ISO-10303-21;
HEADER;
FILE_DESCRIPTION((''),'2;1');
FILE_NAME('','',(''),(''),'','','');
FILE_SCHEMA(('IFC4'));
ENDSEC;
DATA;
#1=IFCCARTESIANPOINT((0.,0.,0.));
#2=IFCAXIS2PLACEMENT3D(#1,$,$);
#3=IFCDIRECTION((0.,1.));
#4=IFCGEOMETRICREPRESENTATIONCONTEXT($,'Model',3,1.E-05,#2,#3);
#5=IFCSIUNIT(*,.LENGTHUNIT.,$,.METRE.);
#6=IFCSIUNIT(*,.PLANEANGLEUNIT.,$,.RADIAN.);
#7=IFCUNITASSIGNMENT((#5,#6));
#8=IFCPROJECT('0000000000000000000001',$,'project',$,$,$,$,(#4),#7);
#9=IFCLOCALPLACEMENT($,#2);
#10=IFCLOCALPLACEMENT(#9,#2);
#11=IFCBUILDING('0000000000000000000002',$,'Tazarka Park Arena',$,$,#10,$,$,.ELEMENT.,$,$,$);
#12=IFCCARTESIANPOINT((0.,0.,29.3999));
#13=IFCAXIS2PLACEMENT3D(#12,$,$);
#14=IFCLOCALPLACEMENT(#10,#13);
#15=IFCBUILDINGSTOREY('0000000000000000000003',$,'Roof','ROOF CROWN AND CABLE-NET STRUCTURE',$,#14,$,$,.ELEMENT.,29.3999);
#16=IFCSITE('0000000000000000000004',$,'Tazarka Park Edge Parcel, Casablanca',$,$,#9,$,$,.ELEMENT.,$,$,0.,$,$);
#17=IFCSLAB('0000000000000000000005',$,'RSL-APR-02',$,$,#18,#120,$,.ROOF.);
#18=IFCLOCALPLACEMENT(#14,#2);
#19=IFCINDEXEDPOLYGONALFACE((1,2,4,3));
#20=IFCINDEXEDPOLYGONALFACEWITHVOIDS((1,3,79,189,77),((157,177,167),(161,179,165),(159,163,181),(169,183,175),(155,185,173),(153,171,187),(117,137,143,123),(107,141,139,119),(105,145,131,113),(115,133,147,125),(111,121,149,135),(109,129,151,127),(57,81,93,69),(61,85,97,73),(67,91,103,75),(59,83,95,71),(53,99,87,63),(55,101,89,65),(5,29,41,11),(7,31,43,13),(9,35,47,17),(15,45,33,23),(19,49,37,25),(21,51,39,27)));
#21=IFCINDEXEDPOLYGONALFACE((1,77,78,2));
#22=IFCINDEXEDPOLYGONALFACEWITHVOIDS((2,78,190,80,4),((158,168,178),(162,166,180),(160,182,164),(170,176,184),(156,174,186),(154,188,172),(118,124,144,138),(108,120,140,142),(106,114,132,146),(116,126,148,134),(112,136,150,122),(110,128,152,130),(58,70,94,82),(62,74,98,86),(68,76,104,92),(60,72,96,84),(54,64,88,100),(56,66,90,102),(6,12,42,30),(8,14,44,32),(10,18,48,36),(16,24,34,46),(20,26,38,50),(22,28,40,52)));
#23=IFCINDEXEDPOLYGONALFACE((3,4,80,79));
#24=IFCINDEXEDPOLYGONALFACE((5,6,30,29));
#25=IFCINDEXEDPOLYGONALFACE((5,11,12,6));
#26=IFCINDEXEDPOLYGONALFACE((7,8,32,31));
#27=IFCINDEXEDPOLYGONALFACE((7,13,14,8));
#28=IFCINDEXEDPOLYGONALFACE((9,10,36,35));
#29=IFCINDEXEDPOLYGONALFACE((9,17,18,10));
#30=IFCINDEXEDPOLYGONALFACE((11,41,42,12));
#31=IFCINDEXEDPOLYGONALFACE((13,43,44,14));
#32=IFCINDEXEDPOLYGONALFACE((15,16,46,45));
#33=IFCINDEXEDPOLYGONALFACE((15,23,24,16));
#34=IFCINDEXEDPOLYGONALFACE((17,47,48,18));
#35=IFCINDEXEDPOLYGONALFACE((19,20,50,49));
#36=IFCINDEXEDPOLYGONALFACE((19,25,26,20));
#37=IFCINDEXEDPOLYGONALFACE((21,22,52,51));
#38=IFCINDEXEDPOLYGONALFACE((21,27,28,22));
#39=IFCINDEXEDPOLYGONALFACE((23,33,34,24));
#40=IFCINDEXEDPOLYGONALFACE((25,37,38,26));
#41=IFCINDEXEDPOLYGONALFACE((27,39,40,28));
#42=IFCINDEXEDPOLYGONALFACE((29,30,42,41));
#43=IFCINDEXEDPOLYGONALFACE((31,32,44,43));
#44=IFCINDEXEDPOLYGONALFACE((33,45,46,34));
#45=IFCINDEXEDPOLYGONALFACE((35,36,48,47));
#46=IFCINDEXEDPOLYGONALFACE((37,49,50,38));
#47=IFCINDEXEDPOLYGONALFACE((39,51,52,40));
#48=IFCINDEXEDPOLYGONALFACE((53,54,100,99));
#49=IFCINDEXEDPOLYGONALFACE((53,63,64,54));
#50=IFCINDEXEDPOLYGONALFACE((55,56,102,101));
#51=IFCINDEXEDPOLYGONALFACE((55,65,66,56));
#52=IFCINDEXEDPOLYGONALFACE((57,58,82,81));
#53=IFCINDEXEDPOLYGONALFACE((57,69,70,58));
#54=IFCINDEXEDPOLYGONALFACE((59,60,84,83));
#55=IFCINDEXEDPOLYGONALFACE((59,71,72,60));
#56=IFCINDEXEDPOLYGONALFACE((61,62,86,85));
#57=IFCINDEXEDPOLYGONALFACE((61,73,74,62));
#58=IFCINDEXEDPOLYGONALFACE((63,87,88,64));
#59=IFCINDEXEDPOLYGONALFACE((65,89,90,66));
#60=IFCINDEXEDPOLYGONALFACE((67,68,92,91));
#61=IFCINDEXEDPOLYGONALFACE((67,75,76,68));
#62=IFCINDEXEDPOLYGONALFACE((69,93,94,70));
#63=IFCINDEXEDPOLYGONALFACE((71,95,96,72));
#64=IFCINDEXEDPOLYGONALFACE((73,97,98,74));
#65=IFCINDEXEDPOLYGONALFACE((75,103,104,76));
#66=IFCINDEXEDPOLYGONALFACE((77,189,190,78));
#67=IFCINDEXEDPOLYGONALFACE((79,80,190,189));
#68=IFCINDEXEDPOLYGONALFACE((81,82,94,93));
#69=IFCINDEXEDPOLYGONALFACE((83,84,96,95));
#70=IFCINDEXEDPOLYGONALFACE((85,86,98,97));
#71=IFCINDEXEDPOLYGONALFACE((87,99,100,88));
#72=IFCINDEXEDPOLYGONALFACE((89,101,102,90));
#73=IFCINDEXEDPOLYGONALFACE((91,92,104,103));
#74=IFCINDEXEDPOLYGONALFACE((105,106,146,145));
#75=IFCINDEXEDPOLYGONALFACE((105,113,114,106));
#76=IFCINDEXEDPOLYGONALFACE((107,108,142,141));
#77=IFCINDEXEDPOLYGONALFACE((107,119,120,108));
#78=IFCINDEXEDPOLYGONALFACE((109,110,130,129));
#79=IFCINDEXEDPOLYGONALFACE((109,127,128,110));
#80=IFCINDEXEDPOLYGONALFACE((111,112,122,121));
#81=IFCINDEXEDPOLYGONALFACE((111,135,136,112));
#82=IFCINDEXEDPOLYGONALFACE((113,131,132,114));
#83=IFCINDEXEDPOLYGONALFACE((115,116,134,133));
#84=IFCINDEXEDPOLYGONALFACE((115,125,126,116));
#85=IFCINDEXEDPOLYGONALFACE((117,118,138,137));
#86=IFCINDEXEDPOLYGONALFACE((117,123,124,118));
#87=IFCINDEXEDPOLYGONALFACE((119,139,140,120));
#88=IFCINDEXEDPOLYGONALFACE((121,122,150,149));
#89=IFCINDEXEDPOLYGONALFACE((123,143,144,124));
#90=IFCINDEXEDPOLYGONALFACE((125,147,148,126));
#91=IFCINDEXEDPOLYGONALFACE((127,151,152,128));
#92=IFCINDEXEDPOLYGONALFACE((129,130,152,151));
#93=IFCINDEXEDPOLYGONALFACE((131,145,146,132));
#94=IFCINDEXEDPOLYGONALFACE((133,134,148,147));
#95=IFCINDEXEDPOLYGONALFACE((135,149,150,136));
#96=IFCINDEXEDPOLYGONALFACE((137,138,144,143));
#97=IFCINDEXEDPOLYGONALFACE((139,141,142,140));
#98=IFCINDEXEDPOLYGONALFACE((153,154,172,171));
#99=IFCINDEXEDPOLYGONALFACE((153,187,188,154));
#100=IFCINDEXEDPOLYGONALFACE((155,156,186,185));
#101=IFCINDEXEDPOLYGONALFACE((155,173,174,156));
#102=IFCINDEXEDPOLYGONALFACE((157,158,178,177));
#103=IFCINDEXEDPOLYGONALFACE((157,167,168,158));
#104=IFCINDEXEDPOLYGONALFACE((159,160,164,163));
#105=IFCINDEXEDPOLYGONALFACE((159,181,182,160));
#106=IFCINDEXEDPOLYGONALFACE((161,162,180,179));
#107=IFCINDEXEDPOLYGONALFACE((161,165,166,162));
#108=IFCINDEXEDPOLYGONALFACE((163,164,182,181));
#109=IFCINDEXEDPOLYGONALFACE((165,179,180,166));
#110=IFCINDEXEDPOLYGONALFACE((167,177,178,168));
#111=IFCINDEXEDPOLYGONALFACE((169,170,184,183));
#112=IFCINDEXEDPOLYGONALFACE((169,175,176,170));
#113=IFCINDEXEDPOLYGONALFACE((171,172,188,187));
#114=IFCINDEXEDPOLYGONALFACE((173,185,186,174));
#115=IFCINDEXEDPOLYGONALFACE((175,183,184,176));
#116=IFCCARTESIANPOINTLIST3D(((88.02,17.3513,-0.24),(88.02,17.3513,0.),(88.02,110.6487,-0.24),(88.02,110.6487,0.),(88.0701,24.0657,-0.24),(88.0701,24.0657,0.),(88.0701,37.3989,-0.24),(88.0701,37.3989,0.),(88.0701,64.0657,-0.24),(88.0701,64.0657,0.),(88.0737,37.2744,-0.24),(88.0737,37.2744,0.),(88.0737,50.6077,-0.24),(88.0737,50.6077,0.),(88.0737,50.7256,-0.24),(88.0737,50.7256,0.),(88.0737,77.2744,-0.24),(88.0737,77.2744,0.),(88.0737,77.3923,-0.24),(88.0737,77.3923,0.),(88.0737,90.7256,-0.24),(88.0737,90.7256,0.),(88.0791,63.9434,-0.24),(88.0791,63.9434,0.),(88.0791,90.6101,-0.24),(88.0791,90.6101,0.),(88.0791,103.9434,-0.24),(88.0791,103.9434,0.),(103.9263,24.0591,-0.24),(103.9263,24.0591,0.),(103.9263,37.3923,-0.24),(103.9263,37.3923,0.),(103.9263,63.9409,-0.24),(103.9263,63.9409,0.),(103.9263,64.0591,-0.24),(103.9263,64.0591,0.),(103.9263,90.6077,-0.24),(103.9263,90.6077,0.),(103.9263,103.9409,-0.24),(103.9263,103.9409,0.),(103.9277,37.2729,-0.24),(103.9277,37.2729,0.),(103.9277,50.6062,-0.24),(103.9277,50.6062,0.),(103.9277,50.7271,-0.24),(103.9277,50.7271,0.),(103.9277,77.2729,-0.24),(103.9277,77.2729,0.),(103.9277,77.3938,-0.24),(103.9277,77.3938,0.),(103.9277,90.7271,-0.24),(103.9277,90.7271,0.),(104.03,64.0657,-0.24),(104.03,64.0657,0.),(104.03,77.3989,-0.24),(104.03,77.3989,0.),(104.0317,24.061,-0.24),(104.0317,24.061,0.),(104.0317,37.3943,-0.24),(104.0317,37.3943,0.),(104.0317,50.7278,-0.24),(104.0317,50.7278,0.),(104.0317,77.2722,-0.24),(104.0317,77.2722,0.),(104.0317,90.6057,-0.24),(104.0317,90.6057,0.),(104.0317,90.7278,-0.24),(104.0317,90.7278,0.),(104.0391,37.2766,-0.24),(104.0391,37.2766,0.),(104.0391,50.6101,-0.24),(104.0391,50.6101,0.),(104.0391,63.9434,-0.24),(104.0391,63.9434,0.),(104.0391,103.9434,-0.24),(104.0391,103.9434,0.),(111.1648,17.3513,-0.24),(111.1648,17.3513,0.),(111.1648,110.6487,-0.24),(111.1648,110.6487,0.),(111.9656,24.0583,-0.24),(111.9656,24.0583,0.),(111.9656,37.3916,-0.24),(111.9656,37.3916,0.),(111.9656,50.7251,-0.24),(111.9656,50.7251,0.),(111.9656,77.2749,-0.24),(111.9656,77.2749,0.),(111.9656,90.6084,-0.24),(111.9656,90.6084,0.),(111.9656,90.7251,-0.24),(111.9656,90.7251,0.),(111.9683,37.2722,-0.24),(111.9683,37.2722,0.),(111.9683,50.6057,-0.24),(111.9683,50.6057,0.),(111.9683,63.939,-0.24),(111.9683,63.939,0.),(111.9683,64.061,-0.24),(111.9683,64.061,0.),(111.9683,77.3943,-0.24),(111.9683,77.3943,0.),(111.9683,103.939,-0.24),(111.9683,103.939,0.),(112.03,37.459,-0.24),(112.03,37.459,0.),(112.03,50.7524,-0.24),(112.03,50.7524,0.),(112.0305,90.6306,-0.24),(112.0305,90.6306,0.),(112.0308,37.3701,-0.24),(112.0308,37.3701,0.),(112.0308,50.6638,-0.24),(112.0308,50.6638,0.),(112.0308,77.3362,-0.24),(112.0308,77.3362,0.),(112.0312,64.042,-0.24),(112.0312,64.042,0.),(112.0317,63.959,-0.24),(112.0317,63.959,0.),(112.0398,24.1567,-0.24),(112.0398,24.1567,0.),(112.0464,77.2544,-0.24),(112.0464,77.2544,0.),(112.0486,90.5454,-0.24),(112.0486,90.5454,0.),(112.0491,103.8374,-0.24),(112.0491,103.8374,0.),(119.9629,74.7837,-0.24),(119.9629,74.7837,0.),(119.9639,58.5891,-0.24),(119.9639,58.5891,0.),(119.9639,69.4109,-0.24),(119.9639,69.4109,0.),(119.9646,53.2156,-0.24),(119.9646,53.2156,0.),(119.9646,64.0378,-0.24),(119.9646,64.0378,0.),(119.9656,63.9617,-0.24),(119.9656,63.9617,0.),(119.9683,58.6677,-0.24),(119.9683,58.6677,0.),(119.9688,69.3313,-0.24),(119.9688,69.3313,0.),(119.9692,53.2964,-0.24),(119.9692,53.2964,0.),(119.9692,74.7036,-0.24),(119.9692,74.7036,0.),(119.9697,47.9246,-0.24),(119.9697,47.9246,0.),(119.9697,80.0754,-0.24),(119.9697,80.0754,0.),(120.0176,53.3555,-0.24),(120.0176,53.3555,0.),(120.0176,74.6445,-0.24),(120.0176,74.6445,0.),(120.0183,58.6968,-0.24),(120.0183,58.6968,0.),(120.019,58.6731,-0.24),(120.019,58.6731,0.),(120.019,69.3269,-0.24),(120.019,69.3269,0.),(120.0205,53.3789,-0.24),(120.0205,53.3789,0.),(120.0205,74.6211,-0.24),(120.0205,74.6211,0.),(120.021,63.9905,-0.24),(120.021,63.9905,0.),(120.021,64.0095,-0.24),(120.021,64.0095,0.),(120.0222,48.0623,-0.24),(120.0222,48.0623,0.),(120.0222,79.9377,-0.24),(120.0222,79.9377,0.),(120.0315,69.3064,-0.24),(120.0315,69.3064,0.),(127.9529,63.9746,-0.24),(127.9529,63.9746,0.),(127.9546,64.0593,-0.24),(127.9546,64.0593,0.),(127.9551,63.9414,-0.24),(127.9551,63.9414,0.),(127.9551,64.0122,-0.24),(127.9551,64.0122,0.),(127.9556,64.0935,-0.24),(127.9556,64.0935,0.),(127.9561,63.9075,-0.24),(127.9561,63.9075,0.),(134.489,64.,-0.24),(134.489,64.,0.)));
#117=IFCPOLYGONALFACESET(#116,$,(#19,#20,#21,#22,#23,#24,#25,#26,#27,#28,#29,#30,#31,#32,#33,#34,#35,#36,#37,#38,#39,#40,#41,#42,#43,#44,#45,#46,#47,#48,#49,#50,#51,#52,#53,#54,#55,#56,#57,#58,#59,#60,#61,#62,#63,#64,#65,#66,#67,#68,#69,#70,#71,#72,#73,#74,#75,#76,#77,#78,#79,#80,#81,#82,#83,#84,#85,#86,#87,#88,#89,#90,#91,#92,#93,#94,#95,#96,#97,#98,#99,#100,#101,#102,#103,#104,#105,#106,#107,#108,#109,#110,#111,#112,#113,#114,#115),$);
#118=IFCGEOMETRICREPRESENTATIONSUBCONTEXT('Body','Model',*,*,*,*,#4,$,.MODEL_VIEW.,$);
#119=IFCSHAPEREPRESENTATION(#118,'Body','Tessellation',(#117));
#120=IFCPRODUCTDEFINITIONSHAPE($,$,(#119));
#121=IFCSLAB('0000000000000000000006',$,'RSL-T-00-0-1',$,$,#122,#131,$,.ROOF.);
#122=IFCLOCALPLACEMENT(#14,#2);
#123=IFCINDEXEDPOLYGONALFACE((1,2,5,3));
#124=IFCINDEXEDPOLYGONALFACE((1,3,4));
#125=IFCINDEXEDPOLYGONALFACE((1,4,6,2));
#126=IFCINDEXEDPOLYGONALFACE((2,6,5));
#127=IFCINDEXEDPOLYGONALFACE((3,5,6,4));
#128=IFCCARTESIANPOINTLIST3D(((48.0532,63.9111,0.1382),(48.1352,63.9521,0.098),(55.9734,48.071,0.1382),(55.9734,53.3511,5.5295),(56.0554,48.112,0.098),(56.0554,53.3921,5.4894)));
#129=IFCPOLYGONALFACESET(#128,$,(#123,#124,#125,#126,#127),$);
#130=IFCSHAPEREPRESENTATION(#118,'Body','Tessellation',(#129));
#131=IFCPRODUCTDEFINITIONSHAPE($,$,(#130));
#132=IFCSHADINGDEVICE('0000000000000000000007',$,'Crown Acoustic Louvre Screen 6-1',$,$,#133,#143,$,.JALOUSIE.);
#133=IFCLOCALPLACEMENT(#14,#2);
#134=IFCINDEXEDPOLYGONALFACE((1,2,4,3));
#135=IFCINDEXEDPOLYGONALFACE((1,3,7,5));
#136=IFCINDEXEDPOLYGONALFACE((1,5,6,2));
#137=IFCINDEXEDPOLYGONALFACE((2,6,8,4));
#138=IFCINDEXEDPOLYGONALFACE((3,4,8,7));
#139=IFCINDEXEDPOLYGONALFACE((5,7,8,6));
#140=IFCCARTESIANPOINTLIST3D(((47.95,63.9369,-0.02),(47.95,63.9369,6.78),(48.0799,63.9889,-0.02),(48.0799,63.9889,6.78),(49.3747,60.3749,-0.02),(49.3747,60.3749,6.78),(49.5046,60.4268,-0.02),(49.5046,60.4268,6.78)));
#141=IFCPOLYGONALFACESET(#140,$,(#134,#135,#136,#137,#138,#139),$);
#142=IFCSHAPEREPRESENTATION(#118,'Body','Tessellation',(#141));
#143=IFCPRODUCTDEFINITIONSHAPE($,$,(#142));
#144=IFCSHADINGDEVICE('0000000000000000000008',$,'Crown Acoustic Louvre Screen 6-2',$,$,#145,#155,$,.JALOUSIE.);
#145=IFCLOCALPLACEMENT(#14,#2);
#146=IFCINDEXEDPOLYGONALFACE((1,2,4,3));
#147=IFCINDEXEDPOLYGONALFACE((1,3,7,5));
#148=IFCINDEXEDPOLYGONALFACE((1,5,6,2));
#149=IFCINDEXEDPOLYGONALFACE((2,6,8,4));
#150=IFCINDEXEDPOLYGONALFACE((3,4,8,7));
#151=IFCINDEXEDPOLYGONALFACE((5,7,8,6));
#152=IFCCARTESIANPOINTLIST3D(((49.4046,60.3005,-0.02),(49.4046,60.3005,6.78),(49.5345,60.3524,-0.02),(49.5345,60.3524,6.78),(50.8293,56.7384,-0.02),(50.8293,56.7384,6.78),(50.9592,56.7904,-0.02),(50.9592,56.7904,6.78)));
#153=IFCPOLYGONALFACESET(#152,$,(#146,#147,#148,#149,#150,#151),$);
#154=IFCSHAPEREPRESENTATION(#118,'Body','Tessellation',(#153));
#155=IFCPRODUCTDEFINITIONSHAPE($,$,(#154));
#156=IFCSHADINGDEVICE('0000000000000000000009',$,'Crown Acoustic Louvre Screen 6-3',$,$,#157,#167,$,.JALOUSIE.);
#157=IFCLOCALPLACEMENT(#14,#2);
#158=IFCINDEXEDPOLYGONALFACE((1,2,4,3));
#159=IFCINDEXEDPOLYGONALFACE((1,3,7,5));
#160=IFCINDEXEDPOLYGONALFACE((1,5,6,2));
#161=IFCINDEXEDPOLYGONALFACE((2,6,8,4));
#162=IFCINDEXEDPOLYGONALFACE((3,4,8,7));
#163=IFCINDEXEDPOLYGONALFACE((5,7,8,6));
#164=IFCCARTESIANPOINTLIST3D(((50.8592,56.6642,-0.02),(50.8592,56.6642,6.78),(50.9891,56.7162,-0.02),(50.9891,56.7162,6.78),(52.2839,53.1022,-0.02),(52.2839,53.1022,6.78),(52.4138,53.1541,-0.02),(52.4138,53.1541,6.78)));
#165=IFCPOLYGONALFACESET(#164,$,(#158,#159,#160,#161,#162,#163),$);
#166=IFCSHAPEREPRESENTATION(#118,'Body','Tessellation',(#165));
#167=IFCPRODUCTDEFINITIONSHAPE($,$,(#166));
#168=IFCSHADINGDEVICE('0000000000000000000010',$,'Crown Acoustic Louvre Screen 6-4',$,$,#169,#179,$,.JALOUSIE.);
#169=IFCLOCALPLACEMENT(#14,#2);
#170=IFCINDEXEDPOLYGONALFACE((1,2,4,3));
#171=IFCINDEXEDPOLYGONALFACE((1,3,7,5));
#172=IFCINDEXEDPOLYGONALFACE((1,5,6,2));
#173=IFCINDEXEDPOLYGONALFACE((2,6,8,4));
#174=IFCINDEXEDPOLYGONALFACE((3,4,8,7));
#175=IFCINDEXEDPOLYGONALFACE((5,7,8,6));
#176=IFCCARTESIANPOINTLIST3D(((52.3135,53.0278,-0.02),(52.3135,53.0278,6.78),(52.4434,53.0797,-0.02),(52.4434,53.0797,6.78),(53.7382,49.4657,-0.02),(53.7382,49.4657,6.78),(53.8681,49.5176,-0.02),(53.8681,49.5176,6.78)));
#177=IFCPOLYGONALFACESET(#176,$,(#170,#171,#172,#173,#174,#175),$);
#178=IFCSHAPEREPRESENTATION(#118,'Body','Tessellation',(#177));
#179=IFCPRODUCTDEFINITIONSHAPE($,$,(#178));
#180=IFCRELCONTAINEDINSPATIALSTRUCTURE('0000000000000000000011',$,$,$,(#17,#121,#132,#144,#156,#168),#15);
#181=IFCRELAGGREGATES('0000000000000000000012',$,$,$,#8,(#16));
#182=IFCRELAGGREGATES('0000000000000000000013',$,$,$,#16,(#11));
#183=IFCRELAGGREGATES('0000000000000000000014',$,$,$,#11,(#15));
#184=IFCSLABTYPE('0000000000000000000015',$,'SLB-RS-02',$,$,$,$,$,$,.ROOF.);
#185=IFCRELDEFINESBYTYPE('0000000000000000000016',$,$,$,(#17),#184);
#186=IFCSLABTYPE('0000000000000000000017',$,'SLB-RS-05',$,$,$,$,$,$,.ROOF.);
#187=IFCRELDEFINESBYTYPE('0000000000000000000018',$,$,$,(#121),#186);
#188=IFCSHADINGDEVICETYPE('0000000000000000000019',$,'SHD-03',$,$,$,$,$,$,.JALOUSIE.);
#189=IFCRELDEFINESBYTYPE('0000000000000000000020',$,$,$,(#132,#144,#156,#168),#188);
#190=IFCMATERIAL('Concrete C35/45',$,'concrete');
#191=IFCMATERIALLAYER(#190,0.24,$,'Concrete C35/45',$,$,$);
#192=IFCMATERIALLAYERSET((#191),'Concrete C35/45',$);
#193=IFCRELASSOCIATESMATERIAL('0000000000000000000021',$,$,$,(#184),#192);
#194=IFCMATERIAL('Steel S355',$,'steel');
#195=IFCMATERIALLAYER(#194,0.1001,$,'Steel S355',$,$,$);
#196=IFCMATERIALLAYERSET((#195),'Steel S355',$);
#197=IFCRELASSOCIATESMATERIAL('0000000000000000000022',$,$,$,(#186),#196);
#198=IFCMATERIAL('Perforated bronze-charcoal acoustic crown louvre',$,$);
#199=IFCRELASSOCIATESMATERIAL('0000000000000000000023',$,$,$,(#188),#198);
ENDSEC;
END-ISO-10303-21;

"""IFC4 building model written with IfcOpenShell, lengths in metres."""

from ifc_helpers import new_model, si_unit, direction, frame, origin, origin_2d, place, context, subcontext, project, spatial, polyline, rectangle, outline, extrude, material, layer, layer_set, type_object, element, save


model = new_model("IFC4")

# Units and contexts
model_context = context("Model", 3, precision=1e-05, world=origin(), true_north=direction((0.0, 1.0)))
body_context = subcontext(model_context, "Body", "Model", "MODEL_VIEW")
ifc_project = project(units=[si_unit("LENGTHUNIT", "METRE"), si_unit("PLANEANGLEUNIT", "RADIAN")], contexts=[model_context])

# Site, building, storey
site_placement = place(None, origin())
site = spatial("IfcSite", under=ifc_project, at=site_placement, Name="Tazarka Park Edge Parcel, Casablanca", CompositionType="ELEMENT", RefElevation=0.0)
building_placement = place(site_placement, origin())
building = spatial("IfcBuilding", under=site, at=building_placement, Name="Tazarka Park Arena", CompositionType="ELEMENT")
storey_placement = place(building_placement, frame((0.0, 0.0, 29.3999)))
storey = spatial("IfcBuildingStorey", under=building, at=storey_placement, Name="Roof", Description="ROOF CROWN AND CABLE-NET STRUCTURE", CompositionType="ELEMENT", Elevation=29.3999)

# Slabs
ifc_material_1 = material(Name="Concrete C35/45", Category="concrete")
ifc_layer_1 = layer(ifc_material_1, 0.24, Name="Concrete C35/45")
ifc_layer_set_1 = layer_set([ifc_layer_1], Name="Concrete C35/45")
slab_type_1 = type_object("IfcSlabType", Name="SLB-RS-02", PredefinedType="ROOF", material=ifc_layer_set_1)
slab_1_placement = place(storey_placement, frame((0.0, 0.0, -0.24)))
element("IfcSlab", 1, at=slab_1_placement, inside=storey, type_object=slab_type_1, Name="RSL-APR-02", PredefinedType="ROOF", context=body_context, shape_type="SweptSolid", body=[
    extrude(outline(polyline([(111.1648, 110.6487), (134.489, 64.0), (111.1648, 17.3513), (88.02, 17.3513), (88.02, 110.6487), (111.1648, 110.6487)]), holes=[polyline([(120.0315, 69.3064), (120.021, 64.0095), (127.9551, 64.0122), (120.0315, 69.3064)]), polyline([(127.9529, 63.9746), (120.021, 63.9905), (120.0183, 58.6968), (127.9529, 63.9746)]), polyline([(127.9561, 63.9075), (120.0176, 53.3555), (120.0222, 48.0623), (127.9561, 63.9075)]), polyline([(120.0176, 74.6445), (127.9556, 64.0935), (120.0222, 79.9377), (120.0176, 74.6445)]), polyline([(127.9551, 63.9414), (120.019, 58.6731), (120.0205, 53.3789), (127.9551, 63.9414)]), polyline([(120.019, 69.3269), (127.9546, 64.0593), (120.0205, 74.6211), (120.019, 69.3269)]), polyline([(112.03, 37.459), (119.9692, 53.2964), (119.9639, 58.5891), (112.0308, 50.6638), (112.03, 37.459)]), polyline([(112.03, 50.7524), (119.9683, 58.6677), (119.9656, 63.9617), (112.0317, 63.959), (112.03, 50.7524)]), polyline([(112.0308, 37.3701), (112.0398, 24.1567), (119.9697, 47.9246), (119.9646, 53.2156), (112.0308, 37.3701)]), polyline([(112.0464, 77.2544), (112.0312, 64.042), (119.9646, 64.0378), (119.9688, 69.3313), (112.0464, 77.2544)]), polyline([(112.0486, 90.5454), (112.0308, 77.3362), (119.9639, 69.4109), (119.9692, 74.7036), (112.0486, 90.5454)]), polyline([(112.0491, 103.8374), (112.0305, 90.6306), (119.9629, 74.7837), (119.9697, 80.0754), (112.0491, 103.8374)]), polyline([(104.0391, 103.9434), (104.0317, 90.7278), (111.9656, 90.7251), (111.9683, 103.939), (104.0391, 103.9434)]), polyline([(104.0391, 63.9434), (104.0317, 50.7278), (111.9656, 50.7251), (111.9683, 63.939), (104.0391, 63.9434)]), polyline([(104.0391, 50.6101), (104.0317, 37.3943), (111.9656, 37.3916), (111.9683, 50.6057), (104.0391, 50.6101)]), polyline([(104.0391, 37.2766), (104.0317, 24.061), (111.9656, 24.0583), (111.9683, 37.2722), (104.0391, 37.2766)]), polyline([(104.03, 77.3989), (111.9683, 77.3943), (111.9656, 90.6084), (104.0317, 90.6057), (104.03, 77.3989)]), polyline([(104.03, 64.0657), (111.9683, 64.061), (111.9656, 77.2749), (104.0317, 77.2722), (104.03, 64.0657)]), polyline([(88.0701, 24.0657), (103.9263, 24.0591), (103.9277, 37.2729), (88.0737, 37.2744), (88.0701, 24.0657)]), polyline([(88.0791, 103.9434), (88.0737, 90.7256), (103.9277, 90.7271), (103.9263, 103.9409), (88.0791, 103.9434)]), polyline([(88.0791, 90.6101), (88.0737, 77.3923), (103.9277, 77.3938), (103.9263, 90.6077), (88.0791, 90.6101)]), polyline([(88.0791, 63.9434), (88.0737, 50.7256), (103.9277, 50.7271), (103.9263, 63.9409), (88.0791, 63.9434)]), polyline([(88.0701, 64.0657), (103.9263, 64.0591), (103.9277, 77.2729), (88.0737, 77.2744), (88.0701, 64.0657)]), polyline([(88.0701, 37.3989), (103.9263, 37.3923), (103.9277, 50.6062), (88.0737, 50.6077), (88.0701, 37.3989)])]), origin(), (0.0, 0.0, 1.0), 0.24),
])
ifc_material_2 = material(Name="Steel S355", Category="steel")
ifc_layer_2 = layer(ifc_material_2, 0.1001, Name="Steel S355")
ifc_layer_set_2 = layer_set([ifc_layer_2], Name="Steel S355")
slab_type_2 = type_object("IfcSlabType", Name="SLB-RS-05", PredefinedType="ROOF", material=ifc_layer_set_2)
slab_2_placement = place(storey_placement, frame((48.0532, 63.9111, 0.1382), z_axis=(-0.819288, -0.40965, 0.401191), x_axis=(0.447219, -0.894424, 0.0)))
element("IfcSlab", 2, at=slab_2_placement, inside=storey, type_object=slab_type_2, Name="RSL-T-00-0-1", PredefinedType="ROOF", context=body_context, shape_type="SweptSolid", body=[
    extrude(outline(polyline([(0.0, 0.0), (17.7098, 0.0), (12.9872, 5.8858), (0.0, 0.0)])), origin(), (0.0, 0.0, -1.0), 0.1001),
])

# Shading devices
ifc_material_3 = material(Name="Perforated bronze-charcoal acoustic crown louvre")
shading_device_type = type_object("IfcShadingDeviceType", Name="SHD-03", PredefinedType="JALOUSIE", material=ifc_material_3)
for number, where, z_axis, x_axis, name in (
    (3, (48.7273, 62.1819, -0.02), (0.0, 0.0, 1.0), (0.371368, -0.928486, 0.0), "Crown Acoustic Louvre Screen 6-1"),
    (4, (50.1819, 58.5454, -0.02), (0.0, 0.0, 1.0), (0.371368, -0.928486, 0.0), "Crown Acoustic Louvre Screen 6-2"),
    (5, (51.6365, 54.9092, -0.02), (0.0, 0.0, 1.0), (0.371368, -0.928486, 0.0), "Crown Acoustic Louvre Screen 6-3"),
    (6, (53.0908, 51.2727, -0.02), (0.0, 0.0, 1.0), (0.371368, -0.928486, 0.0), "Crown Acoustic Louvre Screen 6-4"),
):
    element("IfcShadingDevice", number, at=place(storey_placement, frame(where, z_axis=z_axis, x_axis=x_axis)), inside=storey, type_object=shading_device_type, Name=name, PredefinedType="JALOUSIE", context=body_context, shape_type="SweptSolid", body=[
        extrude(rectangle(XDim=3.8364, YDim=0.1399, at=origin_2d()), origin(), (0.0, 0.0, 1.0), 6.8),
    ])

save(model, "model.ifc")
